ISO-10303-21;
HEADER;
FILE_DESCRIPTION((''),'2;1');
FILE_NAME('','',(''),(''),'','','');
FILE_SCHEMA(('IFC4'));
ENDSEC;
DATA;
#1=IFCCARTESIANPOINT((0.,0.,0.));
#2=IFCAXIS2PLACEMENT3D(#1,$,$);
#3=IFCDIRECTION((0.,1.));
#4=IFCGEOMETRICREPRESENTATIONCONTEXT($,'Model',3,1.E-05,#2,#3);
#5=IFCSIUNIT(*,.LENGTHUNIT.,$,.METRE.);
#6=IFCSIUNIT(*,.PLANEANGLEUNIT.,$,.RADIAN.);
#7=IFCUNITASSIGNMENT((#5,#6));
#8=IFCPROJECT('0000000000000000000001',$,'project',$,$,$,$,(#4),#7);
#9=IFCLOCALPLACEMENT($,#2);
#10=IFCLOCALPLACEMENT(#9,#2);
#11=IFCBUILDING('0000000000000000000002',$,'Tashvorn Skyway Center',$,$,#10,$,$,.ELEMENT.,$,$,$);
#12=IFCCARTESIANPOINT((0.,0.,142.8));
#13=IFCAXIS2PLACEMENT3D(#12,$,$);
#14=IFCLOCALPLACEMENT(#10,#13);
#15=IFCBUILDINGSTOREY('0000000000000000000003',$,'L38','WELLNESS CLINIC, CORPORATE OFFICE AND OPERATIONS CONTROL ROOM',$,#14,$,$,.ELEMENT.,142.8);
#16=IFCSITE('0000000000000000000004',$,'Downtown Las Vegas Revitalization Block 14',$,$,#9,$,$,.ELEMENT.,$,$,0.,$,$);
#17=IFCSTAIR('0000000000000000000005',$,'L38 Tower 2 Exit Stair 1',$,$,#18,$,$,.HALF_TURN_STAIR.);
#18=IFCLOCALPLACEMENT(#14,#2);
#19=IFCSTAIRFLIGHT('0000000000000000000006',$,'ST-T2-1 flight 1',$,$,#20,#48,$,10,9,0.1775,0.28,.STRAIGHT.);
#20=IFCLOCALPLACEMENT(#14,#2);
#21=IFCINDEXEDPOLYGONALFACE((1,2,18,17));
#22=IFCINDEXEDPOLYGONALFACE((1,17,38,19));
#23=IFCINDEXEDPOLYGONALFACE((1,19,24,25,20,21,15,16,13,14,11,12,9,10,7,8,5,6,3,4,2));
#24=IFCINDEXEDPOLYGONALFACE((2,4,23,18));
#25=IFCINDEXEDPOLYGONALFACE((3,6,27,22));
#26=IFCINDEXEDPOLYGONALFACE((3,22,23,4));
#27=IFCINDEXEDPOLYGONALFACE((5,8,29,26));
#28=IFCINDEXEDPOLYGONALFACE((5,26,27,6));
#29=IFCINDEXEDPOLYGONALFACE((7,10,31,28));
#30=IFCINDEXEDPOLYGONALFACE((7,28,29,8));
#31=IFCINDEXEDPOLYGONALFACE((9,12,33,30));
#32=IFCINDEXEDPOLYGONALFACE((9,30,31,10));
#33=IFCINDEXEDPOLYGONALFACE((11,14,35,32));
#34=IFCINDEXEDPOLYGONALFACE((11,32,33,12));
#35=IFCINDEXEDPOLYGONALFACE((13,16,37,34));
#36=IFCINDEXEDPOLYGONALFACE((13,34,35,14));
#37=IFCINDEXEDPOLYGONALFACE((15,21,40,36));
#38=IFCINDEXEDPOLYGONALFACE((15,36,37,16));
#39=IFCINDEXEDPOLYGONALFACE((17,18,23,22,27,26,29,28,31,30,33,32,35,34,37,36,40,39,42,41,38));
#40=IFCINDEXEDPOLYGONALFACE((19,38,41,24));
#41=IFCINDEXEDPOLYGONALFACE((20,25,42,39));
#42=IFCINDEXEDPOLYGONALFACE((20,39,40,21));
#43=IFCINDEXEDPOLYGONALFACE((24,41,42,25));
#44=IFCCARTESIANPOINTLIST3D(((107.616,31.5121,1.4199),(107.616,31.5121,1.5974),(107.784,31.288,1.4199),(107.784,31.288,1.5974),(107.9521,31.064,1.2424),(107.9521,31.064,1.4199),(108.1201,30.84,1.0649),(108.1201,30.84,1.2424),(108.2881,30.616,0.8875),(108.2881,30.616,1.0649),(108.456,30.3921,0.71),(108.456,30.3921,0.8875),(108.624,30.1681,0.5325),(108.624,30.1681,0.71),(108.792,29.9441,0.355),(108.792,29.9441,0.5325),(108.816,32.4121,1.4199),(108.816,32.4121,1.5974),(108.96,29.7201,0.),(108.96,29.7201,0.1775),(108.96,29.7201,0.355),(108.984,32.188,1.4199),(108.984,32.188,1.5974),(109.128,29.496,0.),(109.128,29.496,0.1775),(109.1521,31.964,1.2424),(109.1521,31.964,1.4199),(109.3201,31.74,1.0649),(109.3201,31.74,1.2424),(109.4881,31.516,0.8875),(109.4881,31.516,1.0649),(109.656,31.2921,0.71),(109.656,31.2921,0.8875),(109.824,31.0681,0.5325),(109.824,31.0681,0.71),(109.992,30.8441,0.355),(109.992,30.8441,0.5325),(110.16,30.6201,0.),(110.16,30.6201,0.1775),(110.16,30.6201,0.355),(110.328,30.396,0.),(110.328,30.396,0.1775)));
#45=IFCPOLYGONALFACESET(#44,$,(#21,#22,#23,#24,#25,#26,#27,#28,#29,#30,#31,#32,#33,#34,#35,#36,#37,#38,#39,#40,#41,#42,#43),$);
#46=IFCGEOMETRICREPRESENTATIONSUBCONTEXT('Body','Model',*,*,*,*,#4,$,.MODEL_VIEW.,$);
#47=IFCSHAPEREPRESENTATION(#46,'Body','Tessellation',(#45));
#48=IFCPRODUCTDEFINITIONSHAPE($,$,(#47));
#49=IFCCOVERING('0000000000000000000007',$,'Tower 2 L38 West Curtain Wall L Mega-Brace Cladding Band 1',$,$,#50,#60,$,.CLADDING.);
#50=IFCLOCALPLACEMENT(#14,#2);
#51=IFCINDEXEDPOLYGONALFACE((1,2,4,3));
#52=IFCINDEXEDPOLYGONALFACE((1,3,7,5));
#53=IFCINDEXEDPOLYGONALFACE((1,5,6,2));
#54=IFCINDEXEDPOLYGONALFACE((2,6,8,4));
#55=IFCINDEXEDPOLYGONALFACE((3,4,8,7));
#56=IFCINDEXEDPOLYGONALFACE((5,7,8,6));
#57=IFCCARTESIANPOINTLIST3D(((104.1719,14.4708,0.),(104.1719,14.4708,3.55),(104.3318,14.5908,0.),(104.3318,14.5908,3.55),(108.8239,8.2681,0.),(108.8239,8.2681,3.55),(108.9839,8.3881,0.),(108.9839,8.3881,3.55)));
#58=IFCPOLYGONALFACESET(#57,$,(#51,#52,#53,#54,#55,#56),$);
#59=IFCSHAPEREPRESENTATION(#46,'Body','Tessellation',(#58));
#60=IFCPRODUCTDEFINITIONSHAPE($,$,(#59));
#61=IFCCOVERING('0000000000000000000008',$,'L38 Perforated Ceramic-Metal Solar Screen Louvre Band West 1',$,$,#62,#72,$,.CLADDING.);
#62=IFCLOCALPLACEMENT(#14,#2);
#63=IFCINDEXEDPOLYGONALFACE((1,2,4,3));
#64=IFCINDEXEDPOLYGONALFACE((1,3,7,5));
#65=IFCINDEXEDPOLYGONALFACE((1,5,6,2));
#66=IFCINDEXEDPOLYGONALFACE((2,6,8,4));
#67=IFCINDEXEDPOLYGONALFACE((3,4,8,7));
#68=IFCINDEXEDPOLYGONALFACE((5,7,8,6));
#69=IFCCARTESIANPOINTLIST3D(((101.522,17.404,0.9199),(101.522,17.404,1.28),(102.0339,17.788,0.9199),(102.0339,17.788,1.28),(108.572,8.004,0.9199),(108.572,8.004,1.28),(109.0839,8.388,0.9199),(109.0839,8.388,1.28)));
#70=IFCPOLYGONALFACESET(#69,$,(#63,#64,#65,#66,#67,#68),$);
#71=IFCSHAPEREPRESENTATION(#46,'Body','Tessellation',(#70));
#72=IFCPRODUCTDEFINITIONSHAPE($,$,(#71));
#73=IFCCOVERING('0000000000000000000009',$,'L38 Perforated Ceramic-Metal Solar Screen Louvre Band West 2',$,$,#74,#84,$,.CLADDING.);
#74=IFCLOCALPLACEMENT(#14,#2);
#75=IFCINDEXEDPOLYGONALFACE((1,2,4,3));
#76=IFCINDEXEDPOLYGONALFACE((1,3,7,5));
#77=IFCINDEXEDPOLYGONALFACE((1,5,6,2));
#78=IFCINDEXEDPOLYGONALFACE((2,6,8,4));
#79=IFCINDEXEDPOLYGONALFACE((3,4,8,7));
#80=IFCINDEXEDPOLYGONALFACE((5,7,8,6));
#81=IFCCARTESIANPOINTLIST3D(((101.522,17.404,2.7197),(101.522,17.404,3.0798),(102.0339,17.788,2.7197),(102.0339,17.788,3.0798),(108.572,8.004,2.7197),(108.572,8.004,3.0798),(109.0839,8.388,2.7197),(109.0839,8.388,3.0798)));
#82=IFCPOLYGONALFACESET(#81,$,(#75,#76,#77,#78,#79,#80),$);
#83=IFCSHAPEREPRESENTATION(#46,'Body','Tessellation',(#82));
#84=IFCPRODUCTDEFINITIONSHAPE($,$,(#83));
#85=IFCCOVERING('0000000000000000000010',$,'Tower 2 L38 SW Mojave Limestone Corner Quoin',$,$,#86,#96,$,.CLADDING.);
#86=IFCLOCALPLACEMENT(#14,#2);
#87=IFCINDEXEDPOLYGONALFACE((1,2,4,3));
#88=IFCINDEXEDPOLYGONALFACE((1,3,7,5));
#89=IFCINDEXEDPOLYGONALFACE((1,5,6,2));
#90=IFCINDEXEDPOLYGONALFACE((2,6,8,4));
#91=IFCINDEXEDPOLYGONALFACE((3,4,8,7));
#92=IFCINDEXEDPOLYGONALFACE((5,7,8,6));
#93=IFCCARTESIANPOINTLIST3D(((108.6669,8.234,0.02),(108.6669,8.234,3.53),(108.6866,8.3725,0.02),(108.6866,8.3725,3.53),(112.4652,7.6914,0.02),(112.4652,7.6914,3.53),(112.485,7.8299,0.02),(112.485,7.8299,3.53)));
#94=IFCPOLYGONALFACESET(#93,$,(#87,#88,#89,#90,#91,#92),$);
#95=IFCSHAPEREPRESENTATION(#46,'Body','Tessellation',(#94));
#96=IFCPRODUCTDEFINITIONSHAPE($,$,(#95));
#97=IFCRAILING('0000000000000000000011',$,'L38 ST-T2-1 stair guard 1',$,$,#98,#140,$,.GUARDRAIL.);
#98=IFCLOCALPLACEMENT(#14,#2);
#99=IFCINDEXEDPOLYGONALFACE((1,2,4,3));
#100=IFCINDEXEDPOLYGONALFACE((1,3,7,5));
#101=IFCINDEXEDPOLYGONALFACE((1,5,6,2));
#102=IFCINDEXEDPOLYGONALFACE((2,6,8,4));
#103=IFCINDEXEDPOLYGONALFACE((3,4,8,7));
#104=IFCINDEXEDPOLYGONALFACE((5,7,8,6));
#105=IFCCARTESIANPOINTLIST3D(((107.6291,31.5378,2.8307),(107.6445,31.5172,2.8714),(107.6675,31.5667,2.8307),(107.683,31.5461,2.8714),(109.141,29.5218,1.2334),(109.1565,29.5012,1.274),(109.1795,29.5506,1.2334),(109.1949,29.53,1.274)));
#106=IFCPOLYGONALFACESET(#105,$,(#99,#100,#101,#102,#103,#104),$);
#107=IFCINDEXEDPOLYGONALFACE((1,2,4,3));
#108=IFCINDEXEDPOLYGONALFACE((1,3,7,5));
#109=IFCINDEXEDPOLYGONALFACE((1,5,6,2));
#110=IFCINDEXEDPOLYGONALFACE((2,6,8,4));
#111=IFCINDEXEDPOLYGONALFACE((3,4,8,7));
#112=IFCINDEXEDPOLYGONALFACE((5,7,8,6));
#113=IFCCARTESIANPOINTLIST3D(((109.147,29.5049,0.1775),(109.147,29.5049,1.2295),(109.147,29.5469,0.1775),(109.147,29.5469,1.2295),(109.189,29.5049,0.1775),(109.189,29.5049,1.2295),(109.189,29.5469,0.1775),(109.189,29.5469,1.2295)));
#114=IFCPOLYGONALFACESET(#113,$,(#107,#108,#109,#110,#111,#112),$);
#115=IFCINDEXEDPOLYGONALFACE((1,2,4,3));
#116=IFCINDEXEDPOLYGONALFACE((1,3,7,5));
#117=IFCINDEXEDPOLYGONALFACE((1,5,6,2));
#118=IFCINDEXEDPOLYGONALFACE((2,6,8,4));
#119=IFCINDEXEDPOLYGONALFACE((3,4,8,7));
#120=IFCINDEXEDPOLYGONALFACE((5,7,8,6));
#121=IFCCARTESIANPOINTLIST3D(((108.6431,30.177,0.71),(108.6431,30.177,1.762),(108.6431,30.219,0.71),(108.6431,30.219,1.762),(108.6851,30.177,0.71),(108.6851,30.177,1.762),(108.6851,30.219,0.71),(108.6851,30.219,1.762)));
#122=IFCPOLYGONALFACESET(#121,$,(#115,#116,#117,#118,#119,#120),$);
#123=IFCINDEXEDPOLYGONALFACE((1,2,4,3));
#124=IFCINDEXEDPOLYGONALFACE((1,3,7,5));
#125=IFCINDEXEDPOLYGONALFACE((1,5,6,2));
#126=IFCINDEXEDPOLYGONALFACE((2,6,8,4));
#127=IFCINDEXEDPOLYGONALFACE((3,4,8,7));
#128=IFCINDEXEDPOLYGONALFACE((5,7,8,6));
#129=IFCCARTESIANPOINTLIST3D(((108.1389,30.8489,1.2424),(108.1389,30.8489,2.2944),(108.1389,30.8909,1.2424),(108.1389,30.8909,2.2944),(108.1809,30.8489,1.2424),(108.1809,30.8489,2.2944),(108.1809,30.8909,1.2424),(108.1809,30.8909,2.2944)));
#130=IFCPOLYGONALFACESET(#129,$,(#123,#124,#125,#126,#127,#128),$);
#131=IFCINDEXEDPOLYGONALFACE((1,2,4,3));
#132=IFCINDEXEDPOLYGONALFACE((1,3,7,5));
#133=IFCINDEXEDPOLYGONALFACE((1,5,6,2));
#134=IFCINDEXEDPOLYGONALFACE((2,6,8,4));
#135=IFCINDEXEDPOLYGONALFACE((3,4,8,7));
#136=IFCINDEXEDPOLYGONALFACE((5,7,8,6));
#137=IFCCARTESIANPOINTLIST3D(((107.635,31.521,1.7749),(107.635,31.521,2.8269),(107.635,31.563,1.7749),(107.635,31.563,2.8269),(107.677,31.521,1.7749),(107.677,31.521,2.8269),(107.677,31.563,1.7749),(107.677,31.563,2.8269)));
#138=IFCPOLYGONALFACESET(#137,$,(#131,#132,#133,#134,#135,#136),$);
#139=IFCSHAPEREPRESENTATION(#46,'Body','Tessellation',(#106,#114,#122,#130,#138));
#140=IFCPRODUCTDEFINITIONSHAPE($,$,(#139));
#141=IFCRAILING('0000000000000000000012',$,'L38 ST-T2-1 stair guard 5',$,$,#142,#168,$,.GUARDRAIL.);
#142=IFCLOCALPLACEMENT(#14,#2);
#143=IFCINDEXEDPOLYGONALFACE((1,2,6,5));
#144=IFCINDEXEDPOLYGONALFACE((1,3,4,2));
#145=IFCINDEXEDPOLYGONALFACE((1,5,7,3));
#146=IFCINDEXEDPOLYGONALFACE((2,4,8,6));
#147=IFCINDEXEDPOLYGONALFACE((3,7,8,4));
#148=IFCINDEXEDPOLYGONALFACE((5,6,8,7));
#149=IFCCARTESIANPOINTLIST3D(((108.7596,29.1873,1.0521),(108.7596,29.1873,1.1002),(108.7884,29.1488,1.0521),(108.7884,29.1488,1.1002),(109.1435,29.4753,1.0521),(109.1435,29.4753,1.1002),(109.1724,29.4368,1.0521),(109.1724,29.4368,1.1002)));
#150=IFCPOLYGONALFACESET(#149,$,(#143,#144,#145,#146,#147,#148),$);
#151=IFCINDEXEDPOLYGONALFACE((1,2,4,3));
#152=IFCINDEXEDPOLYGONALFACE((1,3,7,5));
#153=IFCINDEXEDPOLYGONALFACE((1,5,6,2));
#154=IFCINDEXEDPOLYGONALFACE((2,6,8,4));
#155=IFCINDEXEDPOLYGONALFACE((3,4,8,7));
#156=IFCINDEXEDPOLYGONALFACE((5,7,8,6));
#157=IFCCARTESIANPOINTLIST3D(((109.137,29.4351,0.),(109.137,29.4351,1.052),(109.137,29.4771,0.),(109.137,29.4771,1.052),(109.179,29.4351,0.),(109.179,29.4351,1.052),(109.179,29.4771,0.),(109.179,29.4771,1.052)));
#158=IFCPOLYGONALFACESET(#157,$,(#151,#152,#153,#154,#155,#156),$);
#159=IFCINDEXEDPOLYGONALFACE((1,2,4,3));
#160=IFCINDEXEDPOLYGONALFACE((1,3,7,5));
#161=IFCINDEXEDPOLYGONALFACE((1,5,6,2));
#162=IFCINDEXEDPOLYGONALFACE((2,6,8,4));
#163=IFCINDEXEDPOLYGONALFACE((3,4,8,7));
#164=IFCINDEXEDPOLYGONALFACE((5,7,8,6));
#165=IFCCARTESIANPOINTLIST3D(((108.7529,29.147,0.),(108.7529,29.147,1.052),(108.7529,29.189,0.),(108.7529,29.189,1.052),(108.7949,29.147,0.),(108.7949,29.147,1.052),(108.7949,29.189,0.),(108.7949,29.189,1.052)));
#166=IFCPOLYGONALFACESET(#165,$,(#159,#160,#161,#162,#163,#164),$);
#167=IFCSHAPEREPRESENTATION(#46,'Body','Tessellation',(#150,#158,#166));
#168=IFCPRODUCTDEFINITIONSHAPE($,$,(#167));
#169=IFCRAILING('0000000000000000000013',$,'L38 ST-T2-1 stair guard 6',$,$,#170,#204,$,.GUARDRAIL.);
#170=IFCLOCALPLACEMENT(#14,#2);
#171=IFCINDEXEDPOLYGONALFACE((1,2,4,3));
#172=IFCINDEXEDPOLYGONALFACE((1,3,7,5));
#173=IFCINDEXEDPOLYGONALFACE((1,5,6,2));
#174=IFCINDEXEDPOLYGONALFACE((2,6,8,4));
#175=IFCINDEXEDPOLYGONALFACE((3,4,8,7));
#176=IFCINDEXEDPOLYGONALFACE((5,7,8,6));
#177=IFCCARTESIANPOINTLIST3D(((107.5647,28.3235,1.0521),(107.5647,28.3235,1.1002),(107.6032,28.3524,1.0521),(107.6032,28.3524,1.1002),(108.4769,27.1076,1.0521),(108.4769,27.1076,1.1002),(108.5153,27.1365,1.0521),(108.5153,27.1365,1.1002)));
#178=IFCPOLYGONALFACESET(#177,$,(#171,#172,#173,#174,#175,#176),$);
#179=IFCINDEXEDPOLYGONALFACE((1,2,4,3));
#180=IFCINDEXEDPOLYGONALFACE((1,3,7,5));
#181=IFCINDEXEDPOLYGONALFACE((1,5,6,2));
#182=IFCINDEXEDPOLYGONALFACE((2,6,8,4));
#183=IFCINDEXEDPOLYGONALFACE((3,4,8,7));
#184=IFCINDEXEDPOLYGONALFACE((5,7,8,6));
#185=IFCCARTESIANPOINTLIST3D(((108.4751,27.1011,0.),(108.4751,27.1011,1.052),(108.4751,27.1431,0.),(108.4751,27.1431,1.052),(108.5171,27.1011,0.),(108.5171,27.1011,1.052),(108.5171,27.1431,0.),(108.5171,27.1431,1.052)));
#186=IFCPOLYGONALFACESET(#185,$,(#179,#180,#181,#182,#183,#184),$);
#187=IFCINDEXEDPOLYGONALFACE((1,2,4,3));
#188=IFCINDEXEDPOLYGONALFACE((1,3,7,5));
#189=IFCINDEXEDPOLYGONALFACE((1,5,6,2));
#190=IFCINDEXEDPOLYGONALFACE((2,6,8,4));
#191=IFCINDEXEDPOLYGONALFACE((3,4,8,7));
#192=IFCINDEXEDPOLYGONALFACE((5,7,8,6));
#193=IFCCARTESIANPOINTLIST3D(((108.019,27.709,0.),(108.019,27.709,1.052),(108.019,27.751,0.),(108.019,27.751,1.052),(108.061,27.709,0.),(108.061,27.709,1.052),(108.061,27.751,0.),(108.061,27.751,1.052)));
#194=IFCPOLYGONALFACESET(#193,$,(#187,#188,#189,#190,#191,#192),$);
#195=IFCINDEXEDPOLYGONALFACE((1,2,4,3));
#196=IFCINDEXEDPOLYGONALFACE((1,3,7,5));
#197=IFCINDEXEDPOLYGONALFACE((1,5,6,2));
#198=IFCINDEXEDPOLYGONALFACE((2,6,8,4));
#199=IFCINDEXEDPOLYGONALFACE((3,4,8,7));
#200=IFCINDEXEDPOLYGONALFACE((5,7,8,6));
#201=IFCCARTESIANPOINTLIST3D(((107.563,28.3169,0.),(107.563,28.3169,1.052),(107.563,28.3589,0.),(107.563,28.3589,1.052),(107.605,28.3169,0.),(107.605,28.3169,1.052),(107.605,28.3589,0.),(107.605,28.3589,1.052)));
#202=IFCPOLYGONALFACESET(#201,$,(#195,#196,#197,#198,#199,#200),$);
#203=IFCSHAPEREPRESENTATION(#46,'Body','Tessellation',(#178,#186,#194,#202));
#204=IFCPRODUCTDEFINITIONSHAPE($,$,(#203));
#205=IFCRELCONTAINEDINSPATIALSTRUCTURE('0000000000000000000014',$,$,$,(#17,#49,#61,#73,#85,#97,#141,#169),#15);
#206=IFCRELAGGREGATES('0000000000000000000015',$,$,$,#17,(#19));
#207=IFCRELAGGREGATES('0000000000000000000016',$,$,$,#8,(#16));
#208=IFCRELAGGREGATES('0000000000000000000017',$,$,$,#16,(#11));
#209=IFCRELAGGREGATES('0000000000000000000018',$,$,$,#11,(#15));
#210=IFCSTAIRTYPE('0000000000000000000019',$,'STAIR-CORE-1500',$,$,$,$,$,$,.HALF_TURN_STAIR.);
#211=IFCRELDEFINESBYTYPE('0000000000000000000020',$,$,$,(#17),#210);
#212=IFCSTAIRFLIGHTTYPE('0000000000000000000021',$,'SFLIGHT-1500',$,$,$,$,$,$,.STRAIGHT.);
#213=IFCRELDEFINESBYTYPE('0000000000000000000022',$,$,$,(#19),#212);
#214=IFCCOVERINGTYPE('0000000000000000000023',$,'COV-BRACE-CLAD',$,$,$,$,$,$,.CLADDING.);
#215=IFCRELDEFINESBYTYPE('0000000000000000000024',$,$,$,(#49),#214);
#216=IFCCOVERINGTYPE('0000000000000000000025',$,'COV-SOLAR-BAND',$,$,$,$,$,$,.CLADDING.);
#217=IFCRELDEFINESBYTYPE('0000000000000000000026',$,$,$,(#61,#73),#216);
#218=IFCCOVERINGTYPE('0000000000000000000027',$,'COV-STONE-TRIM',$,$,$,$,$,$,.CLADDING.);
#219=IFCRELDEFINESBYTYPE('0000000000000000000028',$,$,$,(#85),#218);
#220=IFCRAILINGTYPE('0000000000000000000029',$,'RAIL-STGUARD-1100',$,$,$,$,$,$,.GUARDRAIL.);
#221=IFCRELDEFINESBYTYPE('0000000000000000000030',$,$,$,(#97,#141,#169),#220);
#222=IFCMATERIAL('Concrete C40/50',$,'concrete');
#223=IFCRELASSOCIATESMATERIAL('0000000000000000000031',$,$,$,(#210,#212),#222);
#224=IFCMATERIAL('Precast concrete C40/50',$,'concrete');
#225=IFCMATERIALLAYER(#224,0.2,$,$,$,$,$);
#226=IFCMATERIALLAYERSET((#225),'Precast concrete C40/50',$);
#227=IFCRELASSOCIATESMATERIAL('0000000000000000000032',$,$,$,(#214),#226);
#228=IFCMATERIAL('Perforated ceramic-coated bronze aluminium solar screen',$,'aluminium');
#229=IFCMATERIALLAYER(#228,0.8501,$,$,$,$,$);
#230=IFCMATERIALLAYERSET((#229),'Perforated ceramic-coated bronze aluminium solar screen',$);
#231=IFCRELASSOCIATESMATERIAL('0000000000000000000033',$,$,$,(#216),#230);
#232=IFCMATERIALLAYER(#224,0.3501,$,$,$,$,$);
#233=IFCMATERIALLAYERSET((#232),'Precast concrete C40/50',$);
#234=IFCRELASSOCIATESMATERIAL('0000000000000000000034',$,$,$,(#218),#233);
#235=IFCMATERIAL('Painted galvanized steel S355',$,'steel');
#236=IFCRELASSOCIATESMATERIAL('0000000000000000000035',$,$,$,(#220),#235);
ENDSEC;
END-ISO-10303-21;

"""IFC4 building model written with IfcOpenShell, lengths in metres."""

from ifc_helpers import new_model, si_unit, direction, frame, origin, origin_2d, place, context, subcontext, project, spatial, polyline, rectangle, outline, extrude, material, layer, layer_set, type_object, element, aggregate, save


model = new_model("IFC4")

# Units and contexts
model_context = context("Model", 3, precision=1e-05, world=origin(), true_north=direction((0.0, 1.0)))
body_context = subcontext(model_context, "Body", "Model", "MODEL_VIEW")
ifc_project = project(units=[si_unit("LENGTHUNIT", "METRE"), si_unit("PLANEANGLEUNIT", "RADIAN")], contexts=[model_context])

# Site, building, storey
site_placement = place(None, origin())
site = spatial("IfcSite", under=ifc_project, at=site_placement, Name="Downtown Las Vegas Revitalization Block 14", CompositionType="ELEMENT", RefElevation=0.0)
building_placement = place(site_placement, origin())
building = spatial("IfcBuilding", under=site, at=building_placement, Name="Tashvorn Skyway Center", CompositionType="ELEMENT")
storey_placement = place(building_placement, frame((0.0, 0.0, 142.8)))
storey = spatial("IfcBuildingStorey", under=building, at=storey_placement, Name="L38", Description="WELLNESS CLINIC, CORPORATE OFFICE AND OPERATIONS CONTROL ROOM", CompositionType="ELEMENT", Elevation=142.8)

# Shared definitions
ifc_material_1 = material(Name="Precast concrete C40/50", Category="concrete")

# Shared definitions
ifc_material_2 = material(Name="Concrete C40/50", Category="concrete")

# Stair, stair flight
stair_type = type_object("IfcStairType", Name="STAIR-CORE-1500", PredefinedType="HALF_TURN_STAIR", material=ifc_material_2)
stair_placement = place(storey_placement, origin())
stair = element("IfcStair", 1, at=stair_placement, inside=storey, type_object=stair_type, Name="L38 Tower 2 Exit Stair 1", PredefinedType="HALF_TURN_STAIR")
stair_flight_type = type_object("IfcStairFlightType", Name="SFLIGHT-1500", PredefinedType="STRAIGHT", material=ifc_material_2)
stair_flight_placement = place(storey_placement, frame((109.728, 29.946, 0.0), z_axis=(0.0, 0.0, 1.0), x_axis=(-0.6, 0.8, 0.0)))
stair_flight = element("IfcStairFlight", 2, at=stair_flight_placement, type_object=stair_flight_type, Name="ST-T2-1 flight 1", NumberOfRisers=10, NumberOfTreads=9, PredefinedType="STRAIGHT", RiserHeight=0.1775, TreadLength=0.28, context=body_context, shape_type="SweptSolid", body=[
    extrude(outline(polyline([(0.0, 0.0), (0.0, 0.1775), (0.28, 0.1775), (0.28, 0.355), (0.5601, 0.355), (0.5601, 0.5325), (0.8401, 0.5325), (0.8401, 0.71), (1.1201, 0.71), (1.1201, 0.8875), (1.3999, 0.8875), (1.3999, 1.0649), (1.6799, 1.0649), (1.6799, 1.2424), (1.96, 1.2424), (1.96, 1.4199), (2.24, 1.4199), (2.24, 1.5974), (2.52, 1.5974), (2.52, 1.7749), (2.52, 1.4199), (0.28, 0.0), (0.0, 0.0)])), frame((0.0, 0.75, 0.0), z_axis=(0.0, -1.0, 0.0), x_axis=(1.0, 0.0, 0.0)), (0.0, 0.0, 1.0), 1.5),
])
aggregate(stair, [stair_flight])

# Coverings
ifc_layer_1 = layer(ifc_material_1, 0.2)
ifc_layer_set_1 = layer_set([ifc_layer_1], Name="Precast concrete C40/50")
covering_type_1 = type_object("IfcCoveringType", Name="COV-BRACE-CLAD", PredefinedType="CLADDING", material=ifc_layer_set_1)
covering_1_placement = place(storey_placement, frame((106.5779, 11.4294, 0.0), z_axis=(0.0, 0.0, 1.0), x_axis=(-0.6, 0.8, 0.0)))
element("IfcCovering", 3, at=covering_1_placement, inside=storey, type_object=covering_type_1, Name="Tower 2 L38 West Curtain Wall L Mega-Brace Cladding Band 1", PredefinedType="CLADDING", context=body_context, shape_type="SweptSolid", body=[
    extrude(rectangle(XDim=7.7534, YDim=0.2, at=origin_2d()), origin(), (0.0, 0.0, 1.0), 3.55),
])
ifc_material_3 = material(Name="Perforated ceramic-coated bronze aluminium solar screen", Category="aluminium")
ifc_layer_2 = layer(ifc_material_3, 0.8501)
ifc_layer_set_2 = layer_set([ifc_layer_2], Name="Perforated ceramic-coated bronze aluminium solar screen")
covering_type_2 = type_object("IfcCoveringType", Name="COV-SOLAR-BAND", PredefinedType="CLADDING", material=ifc_layer_set_2)
for number, where, z_axis, x_axis, name in (
    (4, (105.303, 12.896, 0.9199), (0.0, 0.0, 1.0), (-0.6, 0.8, 0.0), "L38 Perforated Ceramic-Metal Solar Screen Louvre Band West 1"),
    (5, (105.303, 12.896, 2.7197), (0.0, 0.0, 1.0), (-0.6, 0.8, 0.0), "L38 Perforated Ceramic-Metal Solar Screen Louvre Band West 2"),
):
    element("IfcCovering", number, at=place(storey_placement, frame(where, z_axis=z_axis, x_axis=x_axis)), inside=storey, type_object=covering_type_2, Name=name, PredefinedType="CLADDING", context=body_context, shape_type="SweptSolid", body=[
        extrude(rectangle(XDim=11.75, YDim=0.6399, at=origin_2d()), origin(), (0.0, 0.0, 1.0), 0.3601),
    ])
ifc_layer_3 = layer(ifc_material_1, 0.3501)
ifc_layer_set_3 = layer_set([ifc_layer_3], Name="Precast concrete C40/50")
covering_type_3 = type_object("IfcCoveringType", Name="COV-STONE-TRIM", PredefinedType="CLADDING", material=ifc_layer_set_3)
covering_2_placement = place(storey_placement, frame((110.5759, 8.032, 0.02), z_axis=(0.0, 0.0, 1.0), x_axis=(-0.989949, 0.141421, 0.0)))
element("IfcCovering", 6, at=covering_2_placement, inside=storey, type_object=covering_type_3, Name="Tower 2 L38 SW Mojave Limestone Corner Quoin", PredefinedType="CLADDING", context=body_context, shape_type="SweptSolid", body=[
    extrude(rectangle(XDim=3.8369, YDim=0.1399, at=origin_2d()), origin(), (0.0, 0.0, 1.0), 3.51),
])

# Railings
ifc_material_4 = material(Name="Painted galvanized steel S355", Category="steel")
railing_type = type_object("IfcRailingType", Name="RAIL-STGUARD-1100", PredefinedType="GUARDRAIL", material=ifc_material_4)
railing_1_placement = place(storey_placement, frame((109.168, 29.5259, 0.1775)))
element("IfcRailing", 7, at=railing_1_placement, inside=storey, type_object=railing_type, Name="L38 ST-T2-1 stair guard 1", PredefinedType="GUARDRAIL", context=body_context, shape_type="SweptSolid", body=[
    extrude(rectangle(XDim=0.0481, YDim=0.0481, at=origin_2d()), frame((0.0, 0.0, 1.0762), z_axis=(-0.506741, 0.675709, 0.535379), x_axis=(-0.800023, -0.599969, 0.0)), (0.0, 0.0, 1.0), 2.9836),
    extrude(rectangle(XDim=0.042, YDim=0.042, at=origin_2d()), origin(), (0.0, 0.0, 1.0), 1.052),
    extrude(rectangle(XDim=0.042, YDim=0.042, at=origin_2d()), frame((-0.5039, 0.6721, 0.5325)), (0.0, 0.0, 1.0), 1.052),
    extrude(rectangle(XDim=0.042, YDim=0.042, at=origin_2d()), frame((-1.0081, 1.344, 1.0649)), (0.0, 0.0, 1.0), 1.052),
    extrude(rectangle(XDim=0.042, YDim=0.042, at=origin_2d()), frame((-1.512, 2.0161, 1.5974)), (0.0, 0.0, 1.0), 1.052),
])
railing_2_placement = place(storey_placement, frame((109.158, 29.4561, 0.0)))
element("IfcRailing", 8, at=railing_2_placement, inside=storey, type_object=railing_type, Name="L38 ST-T2-1 stair guard 5", PredefinedType="GUARDRAIL", context=body_context, shape_type="SweptSolid", body=[
    extrude(rectangle(XDim=0.0481, YDim=0.0481, at=origin_2d()), frame((0.0, 0.0, 1.0762), z_axis=(-0.799939, -0.600081, 0.0), x_axis=(0.600081, -0.799939, 0.0)), (0.0, 0.0, 1.0), 0.48),
    extrude(rectangle(XDim=0.042, YDim=0.042, at=origin_2d()), origin(), (0.0, 0.0, 1.0), 1.052),
    extrude(rectangle(XDim=0.042, YDim=0.042, at=origin_2d()), frame((-0.384, -0.2881, 0.0)), (0.0, 0.0, 1.0), 1.052),
])
railing_3_placement = place(storey_placement, frame((108.4961, 27.1221, 0.0)))
element("IfcRailing", 9, at=railing_3_placement, inside=storey, type_object=railing_type, Name="L38 ST-T2-1 stair guard 6", PredefinedType="GUARDRAIL", context=body_context, shape_type="SweptSolid", body=[
    extrude(rectangle(XDim=0.0481, YDim=0.0481, at=origin_2d()), frame((0.0, 0.0, 1.0762), z_axis=(-0.600103, 0.799923, 0.0), x_axis=(-0.799923, -0.600103, 0.0)), (0.0, 0.0, 1.0), 1.52),
    extrude(rectangle(XDim=0.042, YDim=0.042, at=origin_2d()), origin(), (0.0, 0.0, 1.0), 1.052),
    extrude(rectangle(XDim=0.042, YDim=0.042, at=origin_2d()), frame((-0.4561, 0.6079, 0.0)), (0.0, 0.0, 1.0), 1.052),
    extrude(rectangle(XDim=0.042, YDim=0.042, at=origin_2d()), frame((-0.9121, 1.2158, 0.0)), (0.0, 0.0, 1.0), 1.052),
])

save(model, "model.ifc")
